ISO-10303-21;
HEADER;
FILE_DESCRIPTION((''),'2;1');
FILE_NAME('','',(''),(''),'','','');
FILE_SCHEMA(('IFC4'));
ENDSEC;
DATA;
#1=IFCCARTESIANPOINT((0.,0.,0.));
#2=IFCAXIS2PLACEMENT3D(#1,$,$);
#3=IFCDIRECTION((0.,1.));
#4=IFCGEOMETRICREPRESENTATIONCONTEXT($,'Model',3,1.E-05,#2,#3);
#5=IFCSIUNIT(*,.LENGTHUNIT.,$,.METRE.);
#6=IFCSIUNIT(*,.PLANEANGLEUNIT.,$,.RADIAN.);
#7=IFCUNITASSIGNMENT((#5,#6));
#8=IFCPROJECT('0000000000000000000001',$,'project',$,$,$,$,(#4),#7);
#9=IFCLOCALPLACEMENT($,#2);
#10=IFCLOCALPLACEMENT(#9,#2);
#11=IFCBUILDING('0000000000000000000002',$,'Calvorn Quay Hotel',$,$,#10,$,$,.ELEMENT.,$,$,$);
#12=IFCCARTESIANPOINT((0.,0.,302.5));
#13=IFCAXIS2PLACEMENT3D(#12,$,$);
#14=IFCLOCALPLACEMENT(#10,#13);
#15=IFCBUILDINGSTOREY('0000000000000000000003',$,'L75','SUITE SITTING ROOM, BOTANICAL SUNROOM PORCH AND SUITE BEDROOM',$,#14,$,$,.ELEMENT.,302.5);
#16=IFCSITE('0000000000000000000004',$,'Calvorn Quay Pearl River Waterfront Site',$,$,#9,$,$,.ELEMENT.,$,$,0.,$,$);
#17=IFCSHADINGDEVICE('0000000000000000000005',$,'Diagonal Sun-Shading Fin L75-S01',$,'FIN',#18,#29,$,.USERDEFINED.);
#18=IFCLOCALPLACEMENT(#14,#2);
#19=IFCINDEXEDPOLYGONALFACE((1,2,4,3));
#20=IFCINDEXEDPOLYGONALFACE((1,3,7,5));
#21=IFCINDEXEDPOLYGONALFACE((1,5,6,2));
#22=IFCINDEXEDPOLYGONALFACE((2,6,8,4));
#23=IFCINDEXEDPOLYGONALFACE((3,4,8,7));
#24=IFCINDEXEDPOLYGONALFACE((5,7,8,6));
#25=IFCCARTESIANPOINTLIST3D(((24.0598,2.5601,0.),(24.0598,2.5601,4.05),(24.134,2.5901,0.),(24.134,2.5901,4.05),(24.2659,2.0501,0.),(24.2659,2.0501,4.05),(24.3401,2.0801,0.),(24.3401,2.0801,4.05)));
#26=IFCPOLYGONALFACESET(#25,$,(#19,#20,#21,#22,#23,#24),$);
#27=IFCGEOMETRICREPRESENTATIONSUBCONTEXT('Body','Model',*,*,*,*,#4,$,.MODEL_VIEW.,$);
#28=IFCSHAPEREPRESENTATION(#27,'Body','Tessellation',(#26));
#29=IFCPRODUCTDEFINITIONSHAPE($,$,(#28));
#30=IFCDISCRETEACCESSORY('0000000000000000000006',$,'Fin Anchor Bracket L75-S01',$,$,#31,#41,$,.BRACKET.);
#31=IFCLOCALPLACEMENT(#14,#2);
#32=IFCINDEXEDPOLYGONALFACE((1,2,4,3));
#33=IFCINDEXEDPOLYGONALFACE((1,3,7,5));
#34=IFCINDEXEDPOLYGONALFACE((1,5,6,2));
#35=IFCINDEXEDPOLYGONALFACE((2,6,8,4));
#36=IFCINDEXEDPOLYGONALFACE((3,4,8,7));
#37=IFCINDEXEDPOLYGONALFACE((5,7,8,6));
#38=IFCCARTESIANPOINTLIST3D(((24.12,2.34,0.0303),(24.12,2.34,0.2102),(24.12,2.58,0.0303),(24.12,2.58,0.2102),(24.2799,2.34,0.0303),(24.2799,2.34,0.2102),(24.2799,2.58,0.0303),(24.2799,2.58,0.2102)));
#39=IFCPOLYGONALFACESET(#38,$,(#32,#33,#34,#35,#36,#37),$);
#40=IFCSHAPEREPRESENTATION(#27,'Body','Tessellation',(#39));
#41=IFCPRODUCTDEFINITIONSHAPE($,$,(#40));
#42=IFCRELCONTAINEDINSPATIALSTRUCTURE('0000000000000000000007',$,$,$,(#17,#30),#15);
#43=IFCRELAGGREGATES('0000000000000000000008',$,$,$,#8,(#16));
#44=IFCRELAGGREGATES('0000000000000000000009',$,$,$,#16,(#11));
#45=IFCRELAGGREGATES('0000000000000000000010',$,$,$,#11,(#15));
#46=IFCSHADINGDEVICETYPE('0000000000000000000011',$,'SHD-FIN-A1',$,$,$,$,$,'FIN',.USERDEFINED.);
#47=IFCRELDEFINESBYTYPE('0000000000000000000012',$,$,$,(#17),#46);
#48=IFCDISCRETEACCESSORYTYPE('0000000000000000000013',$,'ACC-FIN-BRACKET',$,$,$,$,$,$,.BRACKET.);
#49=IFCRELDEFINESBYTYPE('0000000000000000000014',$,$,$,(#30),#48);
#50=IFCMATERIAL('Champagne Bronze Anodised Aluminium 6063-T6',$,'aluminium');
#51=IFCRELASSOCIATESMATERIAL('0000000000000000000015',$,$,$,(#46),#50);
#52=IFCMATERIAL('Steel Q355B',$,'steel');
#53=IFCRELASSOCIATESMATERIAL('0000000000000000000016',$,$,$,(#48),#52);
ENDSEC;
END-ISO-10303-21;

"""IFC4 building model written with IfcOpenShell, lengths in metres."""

from ifc_helpers import new_model, si_unit, direction, frame, origin, origin_2d, place, context, subcontext, project, spatial, rectangle, extrude, material, type_object, element, save


model = new_model("IFC4")

# Units and contexts
model_context = context("Model", 3, precision=1e-05, world=origin(), true_north=direction((0.0, 1.0)))
body_context = subcontext(model_context, "Body", "Model", "MODEL_VIEW")
ifc_project = project(units=[si_unit("LENGTHUNIT", "METRE"), si_unit("PLANEANGLEUNIT", "RADIAN")], contexts=[model_context])

# Site, building, storey
site_placement = place(None, origin())
site = spatial("IfcSite", under=ifc_project, at=site_placement, Name="Calvorn Quay Pearl River Waterfront Site", CompositionType="ELEMENT", RefElevation=0.0)
building_placement = place(site_placement, origin())
building = spatial("IfcBuilding", under=site, at=building_placement, Name="Calvorn Quay Hotel", CompositionType="ELEMENT")
storey_placement = place(building_placement, frame((0.0, 0.0, 302.5)))
storey = spatial("IfcBuildingStorey", under=building, at=storey_placement, Name="L75", Description="SUITE SITTING ROOM, BOTANICAL SUNROOM PORCH AND SUITE BEDROOM", CompositionType="ELEMENT", Elevation=302.5)

# Shading device
ifc_material_1 = material(Name="Champagne Bronze Anodised Aluminium 6063-T6", Category="aluminium")
shading_device_type = type_object("IfcShadingDeviceType", Name="SHD-FIN-A1", ElementType="FIN", PredefinedType="USERDEFINED", material=ifc_material_1)
shading_device_placement = place(storey_placement, frame((24.2, 2.3201, 0.0), z_axis=(0.0, 0.0, 1.0), x_axis=(-0.374607, 0.927184, 0.0)))
element("IfcShadingDevice", 1, at=shading_device_placement, inside=storey, type_object=shading_device_type, Name="Diagonal Sun-Shading Fin L75-S01", ObjectType="FIN", PredefinedType="USERDEFINED", context=body_context, shape_type="SweptSolid", body=[
    extrude(rectangle(XDim=0.55, YDim=0.0801, at=origin_2d()), origin(), (0.0, 0.0, 1.0), 4.05),
])

# Discrete accessory
ifc_material_2 = material(Name="Steel Q355B", Category="steel")
discrete_accessory_type = type_object("IfcDiscreteAccessoryType", Name="ACC-FIN-BRACKET", PredefinedType="BRACKET", material=ifc_material_2)
discrete_accessory_placement = place(storey_placement, frame((24.2, 2.46, 0.0303), z_axis=(0.0, 0.0, 1.0), x_axis=(0.0, 1.0, 0.0)))
element("IfcDiscreteAccessory", 2, at=discrete_accessory_placement, inside=storey, type_object=discrete_accessory_type, Name="Fin Anchor Bracket L75-S01", PredefinedType="BRACKET", context=body_context, shape_type="SweptSolid", body=[
    extrude(rectangle(XDim=0.24, YDim=0.1599, at=origin_2d()), origin(), (0.0, 0.0, 1.0), 0.1799),
])

save(model, "model.ifc")
